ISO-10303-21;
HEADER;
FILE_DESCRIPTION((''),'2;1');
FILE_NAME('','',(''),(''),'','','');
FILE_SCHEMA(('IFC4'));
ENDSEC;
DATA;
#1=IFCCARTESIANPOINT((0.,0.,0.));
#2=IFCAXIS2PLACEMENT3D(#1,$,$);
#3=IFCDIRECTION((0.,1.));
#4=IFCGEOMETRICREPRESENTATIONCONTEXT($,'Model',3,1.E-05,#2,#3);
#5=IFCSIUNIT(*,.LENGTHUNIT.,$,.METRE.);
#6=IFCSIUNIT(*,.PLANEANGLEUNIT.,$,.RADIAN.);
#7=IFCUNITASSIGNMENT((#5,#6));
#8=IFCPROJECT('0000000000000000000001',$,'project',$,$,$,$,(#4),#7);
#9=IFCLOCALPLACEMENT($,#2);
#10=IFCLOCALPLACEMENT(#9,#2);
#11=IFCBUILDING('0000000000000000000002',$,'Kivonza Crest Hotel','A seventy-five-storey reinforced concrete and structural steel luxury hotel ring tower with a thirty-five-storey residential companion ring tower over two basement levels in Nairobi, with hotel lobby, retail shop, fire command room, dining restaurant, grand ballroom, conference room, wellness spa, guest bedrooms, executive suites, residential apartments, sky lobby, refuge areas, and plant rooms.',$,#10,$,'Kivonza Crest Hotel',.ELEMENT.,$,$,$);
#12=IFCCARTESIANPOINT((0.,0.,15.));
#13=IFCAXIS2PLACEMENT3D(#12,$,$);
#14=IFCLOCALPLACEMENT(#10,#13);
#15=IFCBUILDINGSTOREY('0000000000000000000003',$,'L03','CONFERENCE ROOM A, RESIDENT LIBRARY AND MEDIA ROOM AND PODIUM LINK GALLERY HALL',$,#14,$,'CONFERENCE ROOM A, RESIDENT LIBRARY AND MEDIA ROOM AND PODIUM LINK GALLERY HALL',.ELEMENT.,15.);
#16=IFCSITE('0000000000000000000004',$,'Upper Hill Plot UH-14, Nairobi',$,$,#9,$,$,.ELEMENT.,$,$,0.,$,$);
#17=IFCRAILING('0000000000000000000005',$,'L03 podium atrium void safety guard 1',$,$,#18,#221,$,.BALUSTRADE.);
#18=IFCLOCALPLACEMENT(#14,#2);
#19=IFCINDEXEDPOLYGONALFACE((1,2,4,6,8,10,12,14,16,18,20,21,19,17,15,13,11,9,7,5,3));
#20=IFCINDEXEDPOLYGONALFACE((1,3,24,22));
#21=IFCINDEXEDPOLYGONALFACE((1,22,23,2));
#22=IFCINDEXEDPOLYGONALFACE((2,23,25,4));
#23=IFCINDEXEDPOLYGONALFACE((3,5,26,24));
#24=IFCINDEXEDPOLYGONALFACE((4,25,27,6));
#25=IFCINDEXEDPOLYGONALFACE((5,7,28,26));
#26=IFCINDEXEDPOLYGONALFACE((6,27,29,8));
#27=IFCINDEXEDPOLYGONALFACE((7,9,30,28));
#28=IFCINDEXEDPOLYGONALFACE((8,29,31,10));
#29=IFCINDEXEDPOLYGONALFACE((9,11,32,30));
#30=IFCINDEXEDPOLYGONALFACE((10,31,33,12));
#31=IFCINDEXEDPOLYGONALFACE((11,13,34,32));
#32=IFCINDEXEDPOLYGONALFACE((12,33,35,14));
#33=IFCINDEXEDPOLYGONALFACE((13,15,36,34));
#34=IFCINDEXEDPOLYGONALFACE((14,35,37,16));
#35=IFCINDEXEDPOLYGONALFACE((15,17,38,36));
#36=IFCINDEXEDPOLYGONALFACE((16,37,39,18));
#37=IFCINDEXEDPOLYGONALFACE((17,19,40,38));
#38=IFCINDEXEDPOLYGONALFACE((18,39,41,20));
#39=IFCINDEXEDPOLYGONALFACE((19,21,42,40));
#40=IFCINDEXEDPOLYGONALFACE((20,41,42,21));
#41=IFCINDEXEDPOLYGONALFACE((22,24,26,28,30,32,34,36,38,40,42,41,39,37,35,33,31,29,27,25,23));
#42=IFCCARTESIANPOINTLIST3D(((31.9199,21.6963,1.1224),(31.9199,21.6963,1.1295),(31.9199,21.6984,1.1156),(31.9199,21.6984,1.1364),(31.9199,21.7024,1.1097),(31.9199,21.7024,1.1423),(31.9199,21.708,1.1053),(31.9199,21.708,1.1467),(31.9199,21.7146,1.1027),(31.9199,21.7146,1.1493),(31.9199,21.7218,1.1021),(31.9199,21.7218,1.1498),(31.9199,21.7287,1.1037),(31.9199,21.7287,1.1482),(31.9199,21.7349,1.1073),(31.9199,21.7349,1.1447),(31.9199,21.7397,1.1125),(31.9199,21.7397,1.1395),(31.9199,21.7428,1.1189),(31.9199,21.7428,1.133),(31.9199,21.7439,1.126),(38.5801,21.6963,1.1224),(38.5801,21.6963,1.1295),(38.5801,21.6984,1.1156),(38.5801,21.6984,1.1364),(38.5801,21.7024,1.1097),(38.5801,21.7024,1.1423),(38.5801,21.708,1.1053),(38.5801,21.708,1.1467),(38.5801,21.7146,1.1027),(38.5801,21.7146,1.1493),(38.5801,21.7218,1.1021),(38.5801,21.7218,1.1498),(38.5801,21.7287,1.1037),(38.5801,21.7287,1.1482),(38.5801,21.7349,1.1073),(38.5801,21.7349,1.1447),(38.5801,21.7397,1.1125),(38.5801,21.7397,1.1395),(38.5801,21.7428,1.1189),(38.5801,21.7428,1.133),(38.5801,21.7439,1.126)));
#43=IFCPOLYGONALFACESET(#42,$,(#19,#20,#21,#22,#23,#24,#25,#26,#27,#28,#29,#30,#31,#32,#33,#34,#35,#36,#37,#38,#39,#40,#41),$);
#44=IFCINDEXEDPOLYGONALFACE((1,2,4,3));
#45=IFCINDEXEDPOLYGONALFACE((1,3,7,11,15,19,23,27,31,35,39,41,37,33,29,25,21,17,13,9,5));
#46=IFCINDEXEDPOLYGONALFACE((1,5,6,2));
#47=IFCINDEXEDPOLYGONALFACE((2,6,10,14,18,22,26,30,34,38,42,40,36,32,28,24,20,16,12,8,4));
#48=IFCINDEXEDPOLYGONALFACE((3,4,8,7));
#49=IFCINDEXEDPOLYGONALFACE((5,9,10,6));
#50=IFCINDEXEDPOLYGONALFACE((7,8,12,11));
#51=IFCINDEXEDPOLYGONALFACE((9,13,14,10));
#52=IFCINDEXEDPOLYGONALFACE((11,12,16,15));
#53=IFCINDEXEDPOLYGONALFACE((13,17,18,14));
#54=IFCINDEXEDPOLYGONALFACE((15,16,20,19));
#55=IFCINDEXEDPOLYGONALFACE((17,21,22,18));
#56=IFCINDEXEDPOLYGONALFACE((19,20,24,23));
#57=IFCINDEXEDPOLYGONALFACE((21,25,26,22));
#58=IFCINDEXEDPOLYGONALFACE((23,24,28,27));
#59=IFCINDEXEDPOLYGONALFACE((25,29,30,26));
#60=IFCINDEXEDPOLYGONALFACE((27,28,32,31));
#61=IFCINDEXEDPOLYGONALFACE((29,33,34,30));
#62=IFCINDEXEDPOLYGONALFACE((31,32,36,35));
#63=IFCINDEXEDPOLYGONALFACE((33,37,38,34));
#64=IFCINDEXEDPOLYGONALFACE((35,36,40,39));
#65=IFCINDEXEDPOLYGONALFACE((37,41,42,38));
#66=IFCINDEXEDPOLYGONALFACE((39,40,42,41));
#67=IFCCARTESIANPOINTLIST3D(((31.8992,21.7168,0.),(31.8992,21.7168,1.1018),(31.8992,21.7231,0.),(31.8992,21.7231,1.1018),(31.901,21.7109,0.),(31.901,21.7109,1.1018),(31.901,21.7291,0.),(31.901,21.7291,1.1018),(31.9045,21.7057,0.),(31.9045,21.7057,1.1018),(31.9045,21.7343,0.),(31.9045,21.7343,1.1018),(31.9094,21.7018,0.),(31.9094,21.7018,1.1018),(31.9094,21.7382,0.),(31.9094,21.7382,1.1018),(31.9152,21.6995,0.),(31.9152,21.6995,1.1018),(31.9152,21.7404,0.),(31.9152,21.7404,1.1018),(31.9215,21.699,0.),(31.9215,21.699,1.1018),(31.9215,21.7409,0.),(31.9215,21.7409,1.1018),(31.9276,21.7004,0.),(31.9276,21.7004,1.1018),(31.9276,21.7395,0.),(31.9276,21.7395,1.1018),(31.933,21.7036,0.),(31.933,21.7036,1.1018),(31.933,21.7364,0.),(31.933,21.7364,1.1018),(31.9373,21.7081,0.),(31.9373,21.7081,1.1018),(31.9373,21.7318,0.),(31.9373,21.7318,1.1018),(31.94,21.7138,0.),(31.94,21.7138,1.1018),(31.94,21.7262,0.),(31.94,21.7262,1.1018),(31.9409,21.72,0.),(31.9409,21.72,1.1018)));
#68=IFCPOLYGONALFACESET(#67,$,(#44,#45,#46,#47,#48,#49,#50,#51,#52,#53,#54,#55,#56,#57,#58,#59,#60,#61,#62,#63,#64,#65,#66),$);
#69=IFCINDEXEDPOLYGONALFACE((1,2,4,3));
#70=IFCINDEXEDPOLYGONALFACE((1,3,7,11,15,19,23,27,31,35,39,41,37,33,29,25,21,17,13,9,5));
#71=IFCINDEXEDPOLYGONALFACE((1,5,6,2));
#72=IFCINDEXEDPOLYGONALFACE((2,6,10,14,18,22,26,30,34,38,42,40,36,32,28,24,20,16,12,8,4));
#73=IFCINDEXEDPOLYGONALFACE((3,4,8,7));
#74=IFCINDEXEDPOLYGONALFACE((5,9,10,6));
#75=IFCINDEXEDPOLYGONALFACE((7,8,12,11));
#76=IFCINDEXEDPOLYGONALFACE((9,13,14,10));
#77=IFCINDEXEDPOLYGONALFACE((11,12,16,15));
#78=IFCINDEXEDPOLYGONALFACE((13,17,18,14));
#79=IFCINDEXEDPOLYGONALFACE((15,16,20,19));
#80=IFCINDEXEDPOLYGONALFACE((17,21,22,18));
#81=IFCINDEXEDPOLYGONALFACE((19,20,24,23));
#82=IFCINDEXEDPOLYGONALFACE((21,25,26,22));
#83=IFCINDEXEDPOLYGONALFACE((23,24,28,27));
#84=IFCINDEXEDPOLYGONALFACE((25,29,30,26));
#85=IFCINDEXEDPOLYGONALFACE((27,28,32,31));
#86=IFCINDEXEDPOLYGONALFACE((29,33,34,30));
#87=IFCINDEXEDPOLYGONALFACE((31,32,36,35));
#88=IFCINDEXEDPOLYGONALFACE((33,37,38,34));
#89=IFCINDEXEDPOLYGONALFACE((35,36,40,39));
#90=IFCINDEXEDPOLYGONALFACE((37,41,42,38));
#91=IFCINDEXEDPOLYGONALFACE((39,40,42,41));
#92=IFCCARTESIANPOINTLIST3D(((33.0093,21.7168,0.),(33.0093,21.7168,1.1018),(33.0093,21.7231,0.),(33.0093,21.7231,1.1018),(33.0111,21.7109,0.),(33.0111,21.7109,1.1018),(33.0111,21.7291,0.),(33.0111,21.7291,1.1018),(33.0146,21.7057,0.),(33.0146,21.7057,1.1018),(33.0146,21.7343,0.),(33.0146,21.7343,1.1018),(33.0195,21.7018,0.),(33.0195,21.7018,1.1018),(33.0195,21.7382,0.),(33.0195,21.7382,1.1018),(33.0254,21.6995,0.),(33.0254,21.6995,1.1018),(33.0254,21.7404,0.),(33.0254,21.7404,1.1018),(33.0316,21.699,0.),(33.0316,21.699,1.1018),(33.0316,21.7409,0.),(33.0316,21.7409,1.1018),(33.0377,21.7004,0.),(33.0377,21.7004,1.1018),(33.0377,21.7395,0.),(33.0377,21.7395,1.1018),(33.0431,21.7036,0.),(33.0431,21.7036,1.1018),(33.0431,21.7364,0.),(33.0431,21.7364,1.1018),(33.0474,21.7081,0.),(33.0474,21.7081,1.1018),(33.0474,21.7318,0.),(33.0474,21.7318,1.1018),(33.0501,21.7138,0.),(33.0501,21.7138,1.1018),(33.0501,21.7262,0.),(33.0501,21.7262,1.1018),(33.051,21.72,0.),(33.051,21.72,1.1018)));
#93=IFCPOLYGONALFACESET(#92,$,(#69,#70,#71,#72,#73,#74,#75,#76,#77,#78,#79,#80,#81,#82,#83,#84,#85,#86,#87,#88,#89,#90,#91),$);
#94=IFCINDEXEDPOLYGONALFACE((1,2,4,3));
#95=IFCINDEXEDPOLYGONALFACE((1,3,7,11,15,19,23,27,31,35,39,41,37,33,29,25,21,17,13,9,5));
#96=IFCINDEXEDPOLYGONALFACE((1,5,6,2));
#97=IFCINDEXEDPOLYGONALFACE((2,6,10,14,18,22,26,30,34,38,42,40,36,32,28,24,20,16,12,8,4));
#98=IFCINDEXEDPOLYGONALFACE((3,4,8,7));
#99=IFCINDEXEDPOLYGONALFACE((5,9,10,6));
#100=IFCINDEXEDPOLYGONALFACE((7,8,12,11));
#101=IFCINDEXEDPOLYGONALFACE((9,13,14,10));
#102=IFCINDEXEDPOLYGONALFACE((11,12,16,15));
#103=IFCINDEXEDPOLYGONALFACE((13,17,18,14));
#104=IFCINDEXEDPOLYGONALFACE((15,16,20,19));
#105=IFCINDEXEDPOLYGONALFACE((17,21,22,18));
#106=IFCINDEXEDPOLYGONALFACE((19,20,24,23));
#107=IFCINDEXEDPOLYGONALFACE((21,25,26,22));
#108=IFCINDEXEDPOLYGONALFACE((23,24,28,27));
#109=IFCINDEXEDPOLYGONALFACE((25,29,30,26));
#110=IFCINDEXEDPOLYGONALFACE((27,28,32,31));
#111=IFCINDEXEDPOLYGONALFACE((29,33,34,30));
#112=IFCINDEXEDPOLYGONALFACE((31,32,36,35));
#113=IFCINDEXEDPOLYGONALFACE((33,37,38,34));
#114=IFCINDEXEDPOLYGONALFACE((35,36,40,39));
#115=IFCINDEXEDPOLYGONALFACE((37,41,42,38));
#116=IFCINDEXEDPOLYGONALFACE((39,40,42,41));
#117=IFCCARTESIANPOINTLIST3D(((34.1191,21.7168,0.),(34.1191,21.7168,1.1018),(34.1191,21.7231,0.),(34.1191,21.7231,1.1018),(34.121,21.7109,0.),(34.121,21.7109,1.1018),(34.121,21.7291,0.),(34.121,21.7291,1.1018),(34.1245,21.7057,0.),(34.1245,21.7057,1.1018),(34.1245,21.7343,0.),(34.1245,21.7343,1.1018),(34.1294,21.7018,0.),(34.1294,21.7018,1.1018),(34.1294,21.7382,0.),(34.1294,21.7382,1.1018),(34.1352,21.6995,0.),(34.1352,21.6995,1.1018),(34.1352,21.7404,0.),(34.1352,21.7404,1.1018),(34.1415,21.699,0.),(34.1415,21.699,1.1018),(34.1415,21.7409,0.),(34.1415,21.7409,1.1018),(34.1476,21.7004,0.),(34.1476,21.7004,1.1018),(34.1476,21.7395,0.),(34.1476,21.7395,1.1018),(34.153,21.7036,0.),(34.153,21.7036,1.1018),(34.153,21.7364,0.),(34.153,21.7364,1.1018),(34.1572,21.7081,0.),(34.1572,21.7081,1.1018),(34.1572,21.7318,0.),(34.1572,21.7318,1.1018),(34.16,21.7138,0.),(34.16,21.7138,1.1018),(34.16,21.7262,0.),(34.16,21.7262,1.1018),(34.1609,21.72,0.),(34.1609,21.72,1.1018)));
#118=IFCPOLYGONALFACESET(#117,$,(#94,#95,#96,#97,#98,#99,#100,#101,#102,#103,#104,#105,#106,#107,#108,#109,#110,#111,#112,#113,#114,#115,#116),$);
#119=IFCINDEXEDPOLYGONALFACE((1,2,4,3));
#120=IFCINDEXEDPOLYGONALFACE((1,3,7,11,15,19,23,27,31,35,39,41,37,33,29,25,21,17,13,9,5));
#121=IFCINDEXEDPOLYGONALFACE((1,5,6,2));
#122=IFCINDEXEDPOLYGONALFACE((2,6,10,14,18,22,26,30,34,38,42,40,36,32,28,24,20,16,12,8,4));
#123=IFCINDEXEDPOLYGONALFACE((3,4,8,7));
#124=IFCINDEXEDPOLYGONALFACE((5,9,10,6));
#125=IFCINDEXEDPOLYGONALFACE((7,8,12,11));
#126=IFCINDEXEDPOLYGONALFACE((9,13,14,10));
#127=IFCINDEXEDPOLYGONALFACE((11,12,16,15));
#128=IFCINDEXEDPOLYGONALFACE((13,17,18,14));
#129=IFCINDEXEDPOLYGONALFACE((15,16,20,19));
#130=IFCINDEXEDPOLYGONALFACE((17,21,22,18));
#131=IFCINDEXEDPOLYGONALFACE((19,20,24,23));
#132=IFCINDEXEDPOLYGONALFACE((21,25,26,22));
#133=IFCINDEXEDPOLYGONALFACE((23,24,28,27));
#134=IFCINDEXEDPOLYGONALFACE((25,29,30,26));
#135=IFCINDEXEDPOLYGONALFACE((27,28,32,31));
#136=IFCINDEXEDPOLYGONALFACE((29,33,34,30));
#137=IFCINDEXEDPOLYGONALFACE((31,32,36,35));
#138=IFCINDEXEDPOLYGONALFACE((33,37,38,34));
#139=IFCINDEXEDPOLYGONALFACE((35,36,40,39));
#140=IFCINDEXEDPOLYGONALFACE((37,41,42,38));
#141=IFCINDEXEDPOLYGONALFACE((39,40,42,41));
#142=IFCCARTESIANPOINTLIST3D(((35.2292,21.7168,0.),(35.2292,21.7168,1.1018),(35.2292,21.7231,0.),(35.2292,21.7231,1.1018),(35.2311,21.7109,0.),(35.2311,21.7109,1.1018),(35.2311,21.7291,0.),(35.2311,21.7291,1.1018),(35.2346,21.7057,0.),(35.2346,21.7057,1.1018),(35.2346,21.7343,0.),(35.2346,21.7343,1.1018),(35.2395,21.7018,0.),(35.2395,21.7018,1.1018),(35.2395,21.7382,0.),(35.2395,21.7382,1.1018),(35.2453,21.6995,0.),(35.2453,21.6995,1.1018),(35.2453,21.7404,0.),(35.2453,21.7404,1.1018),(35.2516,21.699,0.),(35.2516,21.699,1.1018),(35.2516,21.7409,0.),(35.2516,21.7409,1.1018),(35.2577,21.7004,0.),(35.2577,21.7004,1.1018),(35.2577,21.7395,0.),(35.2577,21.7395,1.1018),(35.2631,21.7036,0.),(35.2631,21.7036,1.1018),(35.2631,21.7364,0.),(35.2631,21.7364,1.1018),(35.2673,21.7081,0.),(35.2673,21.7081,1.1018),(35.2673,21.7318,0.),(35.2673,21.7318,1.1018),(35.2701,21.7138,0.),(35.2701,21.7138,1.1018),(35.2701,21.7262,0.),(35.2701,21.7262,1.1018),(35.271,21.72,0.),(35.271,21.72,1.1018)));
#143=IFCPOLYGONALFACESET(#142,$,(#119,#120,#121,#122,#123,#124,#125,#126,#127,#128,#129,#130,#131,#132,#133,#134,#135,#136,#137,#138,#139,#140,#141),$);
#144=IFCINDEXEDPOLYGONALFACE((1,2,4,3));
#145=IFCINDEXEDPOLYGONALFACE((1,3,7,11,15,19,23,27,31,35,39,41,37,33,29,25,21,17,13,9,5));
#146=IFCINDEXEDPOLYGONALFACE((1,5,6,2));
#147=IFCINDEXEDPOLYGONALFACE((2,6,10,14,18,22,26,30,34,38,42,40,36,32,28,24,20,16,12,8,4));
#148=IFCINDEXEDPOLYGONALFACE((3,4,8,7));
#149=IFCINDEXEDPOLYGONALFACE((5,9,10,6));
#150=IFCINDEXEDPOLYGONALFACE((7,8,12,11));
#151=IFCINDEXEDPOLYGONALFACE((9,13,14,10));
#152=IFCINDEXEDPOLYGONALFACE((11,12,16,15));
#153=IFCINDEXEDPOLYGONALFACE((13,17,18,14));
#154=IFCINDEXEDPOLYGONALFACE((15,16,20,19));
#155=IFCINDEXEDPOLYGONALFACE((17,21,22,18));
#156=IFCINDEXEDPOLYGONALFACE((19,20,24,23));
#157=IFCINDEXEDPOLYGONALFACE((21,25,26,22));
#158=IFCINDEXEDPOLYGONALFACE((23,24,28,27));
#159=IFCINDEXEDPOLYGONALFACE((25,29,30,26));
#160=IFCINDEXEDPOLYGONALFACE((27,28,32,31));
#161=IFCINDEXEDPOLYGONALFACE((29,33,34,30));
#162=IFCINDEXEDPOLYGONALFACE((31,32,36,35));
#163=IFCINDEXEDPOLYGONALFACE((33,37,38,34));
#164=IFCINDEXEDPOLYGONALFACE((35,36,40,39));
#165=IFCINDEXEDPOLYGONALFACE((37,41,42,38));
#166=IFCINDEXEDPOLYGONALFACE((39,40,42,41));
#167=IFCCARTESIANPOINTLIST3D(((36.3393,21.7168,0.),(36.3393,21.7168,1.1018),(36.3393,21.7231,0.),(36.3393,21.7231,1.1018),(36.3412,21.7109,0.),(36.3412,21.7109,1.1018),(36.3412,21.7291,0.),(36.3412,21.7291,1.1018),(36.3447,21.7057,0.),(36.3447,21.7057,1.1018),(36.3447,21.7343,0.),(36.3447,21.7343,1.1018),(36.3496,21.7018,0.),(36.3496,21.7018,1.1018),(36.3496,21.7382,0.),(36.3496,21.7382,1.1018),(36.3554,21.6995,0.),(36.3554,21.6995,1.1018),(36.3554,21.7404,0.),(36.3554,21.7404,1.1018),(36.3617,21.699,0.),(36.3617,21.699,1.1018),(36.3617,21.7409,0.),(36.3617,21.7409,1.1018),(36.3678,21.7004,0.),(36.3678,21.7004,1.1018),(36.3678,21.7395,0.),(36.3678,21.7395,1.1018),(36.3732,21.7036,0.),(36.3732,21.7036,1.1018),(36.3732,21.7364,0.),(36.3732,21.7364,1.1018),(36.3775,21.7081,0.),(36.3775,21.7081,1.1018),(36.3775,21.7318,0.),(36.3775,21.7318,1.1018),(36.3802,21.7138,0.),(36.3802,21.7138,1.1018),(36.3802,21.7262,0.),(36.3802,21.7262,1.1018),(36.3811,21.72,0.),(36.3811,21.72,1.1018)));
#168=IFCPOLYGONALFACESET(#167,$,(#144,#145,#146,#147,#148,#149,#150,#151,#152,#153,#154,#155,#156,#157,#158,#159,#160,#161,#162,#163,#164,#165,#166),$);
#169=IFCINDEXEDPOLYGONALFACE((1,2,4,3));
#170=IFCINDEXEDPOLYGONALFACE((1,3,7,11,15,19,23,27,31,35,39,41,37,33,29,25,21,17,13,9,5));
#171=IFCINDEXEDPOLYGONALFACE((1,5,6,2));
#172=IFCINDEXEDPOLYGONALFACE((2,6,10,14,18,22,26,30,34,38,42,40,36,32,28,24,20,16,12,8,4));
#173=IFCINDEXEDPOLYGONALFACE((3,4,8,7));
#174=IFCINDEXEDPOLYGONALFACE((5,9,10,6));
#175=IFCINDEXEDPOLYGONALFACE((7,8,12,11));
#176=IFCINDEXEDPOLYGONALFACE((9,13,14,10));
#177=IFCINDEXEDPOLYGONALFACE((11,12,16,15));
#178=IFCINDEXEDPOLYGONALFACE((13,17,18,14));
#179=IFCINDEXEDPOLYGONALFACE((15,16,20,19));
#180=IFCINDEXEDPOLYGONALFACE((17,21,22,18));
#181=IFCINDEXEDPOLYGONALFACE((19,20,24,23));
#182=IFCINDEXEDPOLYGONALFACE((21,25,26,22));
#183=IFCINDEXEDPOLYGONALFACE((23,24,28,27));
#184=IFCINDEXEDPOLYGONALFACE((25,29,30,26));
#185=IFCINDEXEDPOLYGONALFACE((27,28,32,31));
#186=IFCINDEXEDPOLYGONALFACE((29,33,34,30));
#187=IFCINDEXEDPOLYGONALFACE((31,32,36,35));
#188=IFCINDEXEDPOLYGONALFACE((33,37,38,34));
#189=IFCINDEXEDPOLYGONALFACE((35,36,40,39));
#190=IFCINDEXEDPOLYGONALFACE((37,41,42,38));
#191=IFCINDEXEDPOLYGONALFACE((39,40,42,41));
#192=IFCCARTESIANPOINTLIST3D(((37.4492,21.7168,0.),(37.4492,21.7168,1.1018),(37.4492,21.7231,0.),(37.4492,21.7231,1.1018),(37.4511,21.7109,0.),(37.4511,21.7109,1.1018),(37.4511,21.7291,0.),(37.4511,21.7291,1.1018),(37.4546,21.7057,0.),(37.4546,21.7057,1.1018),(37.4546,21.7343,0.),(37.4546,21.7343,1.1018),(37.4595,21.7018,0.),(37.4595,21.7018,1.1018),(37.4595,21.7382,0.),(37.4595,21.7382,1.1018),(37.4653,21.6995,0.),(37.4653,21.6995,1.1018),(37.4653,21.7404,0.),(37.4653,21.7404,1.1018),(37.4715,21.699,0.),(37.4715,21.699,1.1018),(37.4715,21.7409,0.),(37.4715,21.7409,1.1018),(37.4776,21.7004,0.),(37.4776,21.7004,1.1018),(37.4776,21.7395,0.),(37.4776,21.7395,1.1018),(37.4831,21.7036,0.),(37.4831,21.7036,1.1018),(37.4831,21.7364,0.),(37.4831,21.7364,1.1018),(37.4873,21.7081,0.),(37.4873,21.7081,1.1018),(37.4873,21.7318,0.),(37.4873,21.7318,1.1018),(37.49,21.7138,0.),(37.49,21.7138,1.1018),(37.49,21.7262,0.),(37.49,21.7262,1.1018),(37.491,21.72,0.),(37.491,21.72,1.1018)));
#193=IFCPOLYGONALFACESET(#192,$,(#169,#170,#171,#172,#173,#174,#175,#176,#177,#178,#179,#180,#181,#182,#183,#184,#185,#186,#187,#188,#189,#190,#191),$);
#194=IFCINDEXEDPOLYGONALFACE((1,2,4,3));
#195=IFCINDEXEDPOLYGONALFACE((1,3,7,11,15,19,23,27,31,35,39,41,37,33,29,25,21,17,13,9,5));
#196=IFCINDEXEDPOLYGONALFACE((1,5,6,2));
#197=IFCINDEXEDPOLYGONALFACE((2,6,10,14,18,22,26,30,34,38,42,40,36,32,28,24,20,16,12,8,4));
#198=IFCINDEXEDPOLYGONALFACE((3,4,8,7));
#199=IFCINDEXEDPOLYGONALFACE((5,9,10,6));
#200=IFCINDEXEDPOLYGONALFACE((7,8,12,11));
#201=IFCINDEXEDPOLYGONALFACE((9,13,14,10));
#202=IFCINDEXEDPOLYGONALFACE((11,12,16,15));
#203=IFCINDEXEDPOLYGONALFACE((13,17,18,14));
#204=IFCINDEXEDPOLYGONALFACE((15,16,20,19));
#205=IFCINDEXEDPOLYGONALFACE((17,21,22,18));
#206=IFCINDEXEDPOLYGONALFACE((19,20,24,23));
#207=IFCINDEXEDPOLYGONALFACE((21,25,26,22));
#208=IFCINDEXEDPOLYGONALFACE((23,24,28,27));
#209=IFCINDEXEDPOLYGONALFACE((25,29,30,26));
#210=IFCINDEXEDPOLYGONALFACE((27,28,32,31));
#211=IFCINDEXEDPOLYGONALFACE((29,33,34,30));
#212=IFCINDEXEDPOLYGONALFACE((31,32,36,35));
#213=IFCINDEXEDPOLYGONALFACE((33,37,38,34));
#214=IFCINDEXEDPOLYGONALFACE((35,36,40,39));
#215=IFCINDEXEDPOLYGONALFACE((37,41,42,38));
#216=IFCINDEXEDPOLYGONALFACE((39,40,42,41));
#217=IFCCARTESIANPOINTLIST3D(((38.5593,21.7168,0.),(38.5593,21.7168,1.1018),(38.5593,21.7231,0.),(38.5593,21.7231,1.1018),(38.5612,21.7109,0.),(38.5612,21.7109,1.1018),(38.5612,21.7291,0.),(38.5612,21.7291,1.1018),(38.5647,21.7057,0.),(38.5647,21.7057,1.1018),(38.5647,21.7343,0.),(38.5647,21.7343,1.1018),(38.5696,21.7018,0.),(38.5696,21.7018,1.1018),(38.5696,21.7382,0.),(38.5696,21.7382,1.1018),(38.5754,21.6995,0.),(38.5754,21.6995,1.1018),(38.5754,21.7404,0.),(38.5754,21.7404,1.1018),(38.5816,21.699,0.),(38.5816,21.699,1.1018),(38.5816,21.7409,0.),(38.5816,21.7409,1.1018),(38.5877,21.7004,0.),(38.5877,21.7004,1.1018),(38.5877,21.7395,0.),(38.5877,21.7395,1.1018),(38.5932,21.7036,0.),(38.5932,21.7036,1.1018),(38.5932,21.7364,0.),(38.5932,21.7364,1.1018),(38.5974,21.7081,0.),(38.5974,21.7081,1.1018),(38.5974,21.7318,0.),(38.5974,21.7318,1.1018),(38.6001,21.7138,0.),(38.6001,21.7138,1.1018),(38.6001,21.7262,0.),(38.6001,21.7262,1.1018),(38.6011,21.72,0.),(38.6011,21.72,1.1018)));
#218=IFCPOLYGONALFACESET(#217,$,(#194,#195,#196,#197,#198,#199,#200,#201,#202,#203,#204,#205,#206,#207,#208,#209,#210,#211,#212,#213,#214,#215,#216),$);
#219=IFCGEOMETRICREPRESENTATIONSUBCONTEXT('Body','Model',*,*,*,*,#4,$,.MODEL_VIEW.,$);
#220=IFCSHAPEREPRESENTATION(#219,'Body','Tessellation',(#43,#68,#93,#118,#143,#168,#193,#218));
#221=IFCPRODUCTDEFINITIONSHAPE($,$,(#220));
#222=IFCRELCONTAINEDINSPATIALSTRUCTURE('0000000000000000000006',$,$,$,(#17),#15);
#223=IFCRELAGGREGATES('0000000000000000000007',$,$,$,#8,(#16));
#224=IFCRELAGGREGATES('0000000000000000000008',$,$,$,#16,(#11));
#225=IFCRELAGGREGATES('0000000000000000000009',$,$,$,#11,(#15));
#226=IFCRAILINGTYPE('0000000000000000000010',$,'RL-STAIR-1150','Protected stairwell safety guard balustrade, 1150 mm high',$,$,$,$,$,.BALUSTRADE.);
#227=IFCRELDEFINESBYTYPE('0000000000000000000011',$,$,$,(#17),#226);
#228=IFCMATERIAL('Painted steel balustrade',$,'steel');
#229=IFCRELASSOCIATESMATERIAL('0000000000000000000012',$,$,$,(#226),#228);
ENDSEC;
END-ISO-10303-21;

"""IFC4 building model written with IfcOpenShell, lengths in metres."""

from ifc_helpers import new_model, si_unit, direction, frame, origin, origin_2d, place, context, subcontext, project, spatial, circle, extrude, material, type_object, element, save


model = new_model("IFC4")

# Units and contexts
model_context = context("Model", 3, precision=1e-05, world=origin(), true_north=direction((0.0, 1.0)))
body_context = subcontext(model_context, "Body", "Model", "MODEL_VIEW")
ifc_project = project(units=[si_unit("LENGTHUNIT", "METRE"), si_unit("PLANEANGLEUNIT", "RADIAN")], contexts=[model_context])

# Site, building, storey
site_placement = place(None, origin())
site = spatial("IfcSite", under=ifc_project, at=site_placement, Name="Upper Hill Plot UH-14, Nairobi", CompositionType="ELEMENT", RefElevation=0.0)
building_placement = place(site_placement, origin())
building = spatial("IfcBuilding", under=site, at=building_placement, Name="Kivonza Crest Hotel", Description="A seventy-five-storey reinforced concrete and structural steel luxury hotel ring tower with a thirty-five-storey residential companion ring tower over two basement levels in Nairobi, with hotel lobby, retail shop, fire command room, dining restaurant, grand ballroom, conference room, wellness spa, guest bedrooms, executive suites, residential apartments, sky lobby, refuge areas, and plant rooms.", LongName="Kivonza Crest Hotel", CompositionType="ELEMENT")
storey_placement = place(building_placement, frame((0.0, 0.0, 15.0)))
storey = spatial("IfcBuildingStorey", under=building, at=storey_placement, Name="L03", Description="CONFERENCE ROOM A, RESIDENT LIBRARY AND MEDIA ROOM AND PODIUM LINK GALLERY HALL", LongName="CONFERENCE ROOM A, RESIDENT LIBRARY AND MEDIA ROOM AND PODIUM LINK GALLERY HALL", CompositionType="ELEMENT", Elevation=15.0)

# Railing
ifc_material_1 = material(Name="Painted steel balustrade", Category="steel")
railing_type = type_object("IfcRailingType", Name="RL-STAIR-1150", Description="Protected stairwell safety guard balustrade, 1150 mm high", PredefinedType="BALUSTRADE", material=ifc_material_1)
railing_1_placement = place(storey_placement, frame((31.9199, 21.72, 0.0)))
element("IfcRailing", 1, at=railing_1_placement, inside=storey, type_object=railing_type, Name="L03 podium atrium void safety guard 1", PredefinedType="BALUSTRADE", context=body_context, shape_type="SweptSolid", body=[
    extrude(circle(Radius=0.0239, at=origin_2d()), frame((0.0, 0.0, 1.126), z_axis=(1.0, 0.0, 0.0), x_axis=(0.0, 1.0, 0.0)), (0.0, 0.0, 1.0), 6.6602),
    extrude(circle(Radius=0.021, at=origin_2d()), origin(), (0.0, 0.0, 1.0), 1.1018),
    extrude(circle(Radius=0.021, at=origin_2d()), frame((1.1101, 0.0, 0.0)), (0.0, 0.0, 1.0), 1.1018),
    extrude(circle(Radius=0.021, at=origin_2d()), frame((2.22, 0.0, 0.0)), (0.0, 0.0, 1.0), 1.1018),
    extrude(circle(Radius=0.021, at=origin_2d()), frame((3.3301, 0.0, 0.0)), (0.0, 0.0, 1.0), 1.1018),
    extrude(circle(Radius=0.021, at=origin_2d()), frame((4.4402, 0.0, 0.0)), (0.0, 0.0, 1.0), 1.1018),
    extrude(circle(Radius=0.021, at=origin_2d()), frame((5.55, 0.0, 0.0)), (0.0, 0.0, 1.0), 1.1018),
    extrude(circle(Radius=0.021, at=origin_2d()), frame((6.6602, 0.0, 0.0)), (0.0, 0.0, 1.0), 1.1018),
])

save(model, "model.ifc")
